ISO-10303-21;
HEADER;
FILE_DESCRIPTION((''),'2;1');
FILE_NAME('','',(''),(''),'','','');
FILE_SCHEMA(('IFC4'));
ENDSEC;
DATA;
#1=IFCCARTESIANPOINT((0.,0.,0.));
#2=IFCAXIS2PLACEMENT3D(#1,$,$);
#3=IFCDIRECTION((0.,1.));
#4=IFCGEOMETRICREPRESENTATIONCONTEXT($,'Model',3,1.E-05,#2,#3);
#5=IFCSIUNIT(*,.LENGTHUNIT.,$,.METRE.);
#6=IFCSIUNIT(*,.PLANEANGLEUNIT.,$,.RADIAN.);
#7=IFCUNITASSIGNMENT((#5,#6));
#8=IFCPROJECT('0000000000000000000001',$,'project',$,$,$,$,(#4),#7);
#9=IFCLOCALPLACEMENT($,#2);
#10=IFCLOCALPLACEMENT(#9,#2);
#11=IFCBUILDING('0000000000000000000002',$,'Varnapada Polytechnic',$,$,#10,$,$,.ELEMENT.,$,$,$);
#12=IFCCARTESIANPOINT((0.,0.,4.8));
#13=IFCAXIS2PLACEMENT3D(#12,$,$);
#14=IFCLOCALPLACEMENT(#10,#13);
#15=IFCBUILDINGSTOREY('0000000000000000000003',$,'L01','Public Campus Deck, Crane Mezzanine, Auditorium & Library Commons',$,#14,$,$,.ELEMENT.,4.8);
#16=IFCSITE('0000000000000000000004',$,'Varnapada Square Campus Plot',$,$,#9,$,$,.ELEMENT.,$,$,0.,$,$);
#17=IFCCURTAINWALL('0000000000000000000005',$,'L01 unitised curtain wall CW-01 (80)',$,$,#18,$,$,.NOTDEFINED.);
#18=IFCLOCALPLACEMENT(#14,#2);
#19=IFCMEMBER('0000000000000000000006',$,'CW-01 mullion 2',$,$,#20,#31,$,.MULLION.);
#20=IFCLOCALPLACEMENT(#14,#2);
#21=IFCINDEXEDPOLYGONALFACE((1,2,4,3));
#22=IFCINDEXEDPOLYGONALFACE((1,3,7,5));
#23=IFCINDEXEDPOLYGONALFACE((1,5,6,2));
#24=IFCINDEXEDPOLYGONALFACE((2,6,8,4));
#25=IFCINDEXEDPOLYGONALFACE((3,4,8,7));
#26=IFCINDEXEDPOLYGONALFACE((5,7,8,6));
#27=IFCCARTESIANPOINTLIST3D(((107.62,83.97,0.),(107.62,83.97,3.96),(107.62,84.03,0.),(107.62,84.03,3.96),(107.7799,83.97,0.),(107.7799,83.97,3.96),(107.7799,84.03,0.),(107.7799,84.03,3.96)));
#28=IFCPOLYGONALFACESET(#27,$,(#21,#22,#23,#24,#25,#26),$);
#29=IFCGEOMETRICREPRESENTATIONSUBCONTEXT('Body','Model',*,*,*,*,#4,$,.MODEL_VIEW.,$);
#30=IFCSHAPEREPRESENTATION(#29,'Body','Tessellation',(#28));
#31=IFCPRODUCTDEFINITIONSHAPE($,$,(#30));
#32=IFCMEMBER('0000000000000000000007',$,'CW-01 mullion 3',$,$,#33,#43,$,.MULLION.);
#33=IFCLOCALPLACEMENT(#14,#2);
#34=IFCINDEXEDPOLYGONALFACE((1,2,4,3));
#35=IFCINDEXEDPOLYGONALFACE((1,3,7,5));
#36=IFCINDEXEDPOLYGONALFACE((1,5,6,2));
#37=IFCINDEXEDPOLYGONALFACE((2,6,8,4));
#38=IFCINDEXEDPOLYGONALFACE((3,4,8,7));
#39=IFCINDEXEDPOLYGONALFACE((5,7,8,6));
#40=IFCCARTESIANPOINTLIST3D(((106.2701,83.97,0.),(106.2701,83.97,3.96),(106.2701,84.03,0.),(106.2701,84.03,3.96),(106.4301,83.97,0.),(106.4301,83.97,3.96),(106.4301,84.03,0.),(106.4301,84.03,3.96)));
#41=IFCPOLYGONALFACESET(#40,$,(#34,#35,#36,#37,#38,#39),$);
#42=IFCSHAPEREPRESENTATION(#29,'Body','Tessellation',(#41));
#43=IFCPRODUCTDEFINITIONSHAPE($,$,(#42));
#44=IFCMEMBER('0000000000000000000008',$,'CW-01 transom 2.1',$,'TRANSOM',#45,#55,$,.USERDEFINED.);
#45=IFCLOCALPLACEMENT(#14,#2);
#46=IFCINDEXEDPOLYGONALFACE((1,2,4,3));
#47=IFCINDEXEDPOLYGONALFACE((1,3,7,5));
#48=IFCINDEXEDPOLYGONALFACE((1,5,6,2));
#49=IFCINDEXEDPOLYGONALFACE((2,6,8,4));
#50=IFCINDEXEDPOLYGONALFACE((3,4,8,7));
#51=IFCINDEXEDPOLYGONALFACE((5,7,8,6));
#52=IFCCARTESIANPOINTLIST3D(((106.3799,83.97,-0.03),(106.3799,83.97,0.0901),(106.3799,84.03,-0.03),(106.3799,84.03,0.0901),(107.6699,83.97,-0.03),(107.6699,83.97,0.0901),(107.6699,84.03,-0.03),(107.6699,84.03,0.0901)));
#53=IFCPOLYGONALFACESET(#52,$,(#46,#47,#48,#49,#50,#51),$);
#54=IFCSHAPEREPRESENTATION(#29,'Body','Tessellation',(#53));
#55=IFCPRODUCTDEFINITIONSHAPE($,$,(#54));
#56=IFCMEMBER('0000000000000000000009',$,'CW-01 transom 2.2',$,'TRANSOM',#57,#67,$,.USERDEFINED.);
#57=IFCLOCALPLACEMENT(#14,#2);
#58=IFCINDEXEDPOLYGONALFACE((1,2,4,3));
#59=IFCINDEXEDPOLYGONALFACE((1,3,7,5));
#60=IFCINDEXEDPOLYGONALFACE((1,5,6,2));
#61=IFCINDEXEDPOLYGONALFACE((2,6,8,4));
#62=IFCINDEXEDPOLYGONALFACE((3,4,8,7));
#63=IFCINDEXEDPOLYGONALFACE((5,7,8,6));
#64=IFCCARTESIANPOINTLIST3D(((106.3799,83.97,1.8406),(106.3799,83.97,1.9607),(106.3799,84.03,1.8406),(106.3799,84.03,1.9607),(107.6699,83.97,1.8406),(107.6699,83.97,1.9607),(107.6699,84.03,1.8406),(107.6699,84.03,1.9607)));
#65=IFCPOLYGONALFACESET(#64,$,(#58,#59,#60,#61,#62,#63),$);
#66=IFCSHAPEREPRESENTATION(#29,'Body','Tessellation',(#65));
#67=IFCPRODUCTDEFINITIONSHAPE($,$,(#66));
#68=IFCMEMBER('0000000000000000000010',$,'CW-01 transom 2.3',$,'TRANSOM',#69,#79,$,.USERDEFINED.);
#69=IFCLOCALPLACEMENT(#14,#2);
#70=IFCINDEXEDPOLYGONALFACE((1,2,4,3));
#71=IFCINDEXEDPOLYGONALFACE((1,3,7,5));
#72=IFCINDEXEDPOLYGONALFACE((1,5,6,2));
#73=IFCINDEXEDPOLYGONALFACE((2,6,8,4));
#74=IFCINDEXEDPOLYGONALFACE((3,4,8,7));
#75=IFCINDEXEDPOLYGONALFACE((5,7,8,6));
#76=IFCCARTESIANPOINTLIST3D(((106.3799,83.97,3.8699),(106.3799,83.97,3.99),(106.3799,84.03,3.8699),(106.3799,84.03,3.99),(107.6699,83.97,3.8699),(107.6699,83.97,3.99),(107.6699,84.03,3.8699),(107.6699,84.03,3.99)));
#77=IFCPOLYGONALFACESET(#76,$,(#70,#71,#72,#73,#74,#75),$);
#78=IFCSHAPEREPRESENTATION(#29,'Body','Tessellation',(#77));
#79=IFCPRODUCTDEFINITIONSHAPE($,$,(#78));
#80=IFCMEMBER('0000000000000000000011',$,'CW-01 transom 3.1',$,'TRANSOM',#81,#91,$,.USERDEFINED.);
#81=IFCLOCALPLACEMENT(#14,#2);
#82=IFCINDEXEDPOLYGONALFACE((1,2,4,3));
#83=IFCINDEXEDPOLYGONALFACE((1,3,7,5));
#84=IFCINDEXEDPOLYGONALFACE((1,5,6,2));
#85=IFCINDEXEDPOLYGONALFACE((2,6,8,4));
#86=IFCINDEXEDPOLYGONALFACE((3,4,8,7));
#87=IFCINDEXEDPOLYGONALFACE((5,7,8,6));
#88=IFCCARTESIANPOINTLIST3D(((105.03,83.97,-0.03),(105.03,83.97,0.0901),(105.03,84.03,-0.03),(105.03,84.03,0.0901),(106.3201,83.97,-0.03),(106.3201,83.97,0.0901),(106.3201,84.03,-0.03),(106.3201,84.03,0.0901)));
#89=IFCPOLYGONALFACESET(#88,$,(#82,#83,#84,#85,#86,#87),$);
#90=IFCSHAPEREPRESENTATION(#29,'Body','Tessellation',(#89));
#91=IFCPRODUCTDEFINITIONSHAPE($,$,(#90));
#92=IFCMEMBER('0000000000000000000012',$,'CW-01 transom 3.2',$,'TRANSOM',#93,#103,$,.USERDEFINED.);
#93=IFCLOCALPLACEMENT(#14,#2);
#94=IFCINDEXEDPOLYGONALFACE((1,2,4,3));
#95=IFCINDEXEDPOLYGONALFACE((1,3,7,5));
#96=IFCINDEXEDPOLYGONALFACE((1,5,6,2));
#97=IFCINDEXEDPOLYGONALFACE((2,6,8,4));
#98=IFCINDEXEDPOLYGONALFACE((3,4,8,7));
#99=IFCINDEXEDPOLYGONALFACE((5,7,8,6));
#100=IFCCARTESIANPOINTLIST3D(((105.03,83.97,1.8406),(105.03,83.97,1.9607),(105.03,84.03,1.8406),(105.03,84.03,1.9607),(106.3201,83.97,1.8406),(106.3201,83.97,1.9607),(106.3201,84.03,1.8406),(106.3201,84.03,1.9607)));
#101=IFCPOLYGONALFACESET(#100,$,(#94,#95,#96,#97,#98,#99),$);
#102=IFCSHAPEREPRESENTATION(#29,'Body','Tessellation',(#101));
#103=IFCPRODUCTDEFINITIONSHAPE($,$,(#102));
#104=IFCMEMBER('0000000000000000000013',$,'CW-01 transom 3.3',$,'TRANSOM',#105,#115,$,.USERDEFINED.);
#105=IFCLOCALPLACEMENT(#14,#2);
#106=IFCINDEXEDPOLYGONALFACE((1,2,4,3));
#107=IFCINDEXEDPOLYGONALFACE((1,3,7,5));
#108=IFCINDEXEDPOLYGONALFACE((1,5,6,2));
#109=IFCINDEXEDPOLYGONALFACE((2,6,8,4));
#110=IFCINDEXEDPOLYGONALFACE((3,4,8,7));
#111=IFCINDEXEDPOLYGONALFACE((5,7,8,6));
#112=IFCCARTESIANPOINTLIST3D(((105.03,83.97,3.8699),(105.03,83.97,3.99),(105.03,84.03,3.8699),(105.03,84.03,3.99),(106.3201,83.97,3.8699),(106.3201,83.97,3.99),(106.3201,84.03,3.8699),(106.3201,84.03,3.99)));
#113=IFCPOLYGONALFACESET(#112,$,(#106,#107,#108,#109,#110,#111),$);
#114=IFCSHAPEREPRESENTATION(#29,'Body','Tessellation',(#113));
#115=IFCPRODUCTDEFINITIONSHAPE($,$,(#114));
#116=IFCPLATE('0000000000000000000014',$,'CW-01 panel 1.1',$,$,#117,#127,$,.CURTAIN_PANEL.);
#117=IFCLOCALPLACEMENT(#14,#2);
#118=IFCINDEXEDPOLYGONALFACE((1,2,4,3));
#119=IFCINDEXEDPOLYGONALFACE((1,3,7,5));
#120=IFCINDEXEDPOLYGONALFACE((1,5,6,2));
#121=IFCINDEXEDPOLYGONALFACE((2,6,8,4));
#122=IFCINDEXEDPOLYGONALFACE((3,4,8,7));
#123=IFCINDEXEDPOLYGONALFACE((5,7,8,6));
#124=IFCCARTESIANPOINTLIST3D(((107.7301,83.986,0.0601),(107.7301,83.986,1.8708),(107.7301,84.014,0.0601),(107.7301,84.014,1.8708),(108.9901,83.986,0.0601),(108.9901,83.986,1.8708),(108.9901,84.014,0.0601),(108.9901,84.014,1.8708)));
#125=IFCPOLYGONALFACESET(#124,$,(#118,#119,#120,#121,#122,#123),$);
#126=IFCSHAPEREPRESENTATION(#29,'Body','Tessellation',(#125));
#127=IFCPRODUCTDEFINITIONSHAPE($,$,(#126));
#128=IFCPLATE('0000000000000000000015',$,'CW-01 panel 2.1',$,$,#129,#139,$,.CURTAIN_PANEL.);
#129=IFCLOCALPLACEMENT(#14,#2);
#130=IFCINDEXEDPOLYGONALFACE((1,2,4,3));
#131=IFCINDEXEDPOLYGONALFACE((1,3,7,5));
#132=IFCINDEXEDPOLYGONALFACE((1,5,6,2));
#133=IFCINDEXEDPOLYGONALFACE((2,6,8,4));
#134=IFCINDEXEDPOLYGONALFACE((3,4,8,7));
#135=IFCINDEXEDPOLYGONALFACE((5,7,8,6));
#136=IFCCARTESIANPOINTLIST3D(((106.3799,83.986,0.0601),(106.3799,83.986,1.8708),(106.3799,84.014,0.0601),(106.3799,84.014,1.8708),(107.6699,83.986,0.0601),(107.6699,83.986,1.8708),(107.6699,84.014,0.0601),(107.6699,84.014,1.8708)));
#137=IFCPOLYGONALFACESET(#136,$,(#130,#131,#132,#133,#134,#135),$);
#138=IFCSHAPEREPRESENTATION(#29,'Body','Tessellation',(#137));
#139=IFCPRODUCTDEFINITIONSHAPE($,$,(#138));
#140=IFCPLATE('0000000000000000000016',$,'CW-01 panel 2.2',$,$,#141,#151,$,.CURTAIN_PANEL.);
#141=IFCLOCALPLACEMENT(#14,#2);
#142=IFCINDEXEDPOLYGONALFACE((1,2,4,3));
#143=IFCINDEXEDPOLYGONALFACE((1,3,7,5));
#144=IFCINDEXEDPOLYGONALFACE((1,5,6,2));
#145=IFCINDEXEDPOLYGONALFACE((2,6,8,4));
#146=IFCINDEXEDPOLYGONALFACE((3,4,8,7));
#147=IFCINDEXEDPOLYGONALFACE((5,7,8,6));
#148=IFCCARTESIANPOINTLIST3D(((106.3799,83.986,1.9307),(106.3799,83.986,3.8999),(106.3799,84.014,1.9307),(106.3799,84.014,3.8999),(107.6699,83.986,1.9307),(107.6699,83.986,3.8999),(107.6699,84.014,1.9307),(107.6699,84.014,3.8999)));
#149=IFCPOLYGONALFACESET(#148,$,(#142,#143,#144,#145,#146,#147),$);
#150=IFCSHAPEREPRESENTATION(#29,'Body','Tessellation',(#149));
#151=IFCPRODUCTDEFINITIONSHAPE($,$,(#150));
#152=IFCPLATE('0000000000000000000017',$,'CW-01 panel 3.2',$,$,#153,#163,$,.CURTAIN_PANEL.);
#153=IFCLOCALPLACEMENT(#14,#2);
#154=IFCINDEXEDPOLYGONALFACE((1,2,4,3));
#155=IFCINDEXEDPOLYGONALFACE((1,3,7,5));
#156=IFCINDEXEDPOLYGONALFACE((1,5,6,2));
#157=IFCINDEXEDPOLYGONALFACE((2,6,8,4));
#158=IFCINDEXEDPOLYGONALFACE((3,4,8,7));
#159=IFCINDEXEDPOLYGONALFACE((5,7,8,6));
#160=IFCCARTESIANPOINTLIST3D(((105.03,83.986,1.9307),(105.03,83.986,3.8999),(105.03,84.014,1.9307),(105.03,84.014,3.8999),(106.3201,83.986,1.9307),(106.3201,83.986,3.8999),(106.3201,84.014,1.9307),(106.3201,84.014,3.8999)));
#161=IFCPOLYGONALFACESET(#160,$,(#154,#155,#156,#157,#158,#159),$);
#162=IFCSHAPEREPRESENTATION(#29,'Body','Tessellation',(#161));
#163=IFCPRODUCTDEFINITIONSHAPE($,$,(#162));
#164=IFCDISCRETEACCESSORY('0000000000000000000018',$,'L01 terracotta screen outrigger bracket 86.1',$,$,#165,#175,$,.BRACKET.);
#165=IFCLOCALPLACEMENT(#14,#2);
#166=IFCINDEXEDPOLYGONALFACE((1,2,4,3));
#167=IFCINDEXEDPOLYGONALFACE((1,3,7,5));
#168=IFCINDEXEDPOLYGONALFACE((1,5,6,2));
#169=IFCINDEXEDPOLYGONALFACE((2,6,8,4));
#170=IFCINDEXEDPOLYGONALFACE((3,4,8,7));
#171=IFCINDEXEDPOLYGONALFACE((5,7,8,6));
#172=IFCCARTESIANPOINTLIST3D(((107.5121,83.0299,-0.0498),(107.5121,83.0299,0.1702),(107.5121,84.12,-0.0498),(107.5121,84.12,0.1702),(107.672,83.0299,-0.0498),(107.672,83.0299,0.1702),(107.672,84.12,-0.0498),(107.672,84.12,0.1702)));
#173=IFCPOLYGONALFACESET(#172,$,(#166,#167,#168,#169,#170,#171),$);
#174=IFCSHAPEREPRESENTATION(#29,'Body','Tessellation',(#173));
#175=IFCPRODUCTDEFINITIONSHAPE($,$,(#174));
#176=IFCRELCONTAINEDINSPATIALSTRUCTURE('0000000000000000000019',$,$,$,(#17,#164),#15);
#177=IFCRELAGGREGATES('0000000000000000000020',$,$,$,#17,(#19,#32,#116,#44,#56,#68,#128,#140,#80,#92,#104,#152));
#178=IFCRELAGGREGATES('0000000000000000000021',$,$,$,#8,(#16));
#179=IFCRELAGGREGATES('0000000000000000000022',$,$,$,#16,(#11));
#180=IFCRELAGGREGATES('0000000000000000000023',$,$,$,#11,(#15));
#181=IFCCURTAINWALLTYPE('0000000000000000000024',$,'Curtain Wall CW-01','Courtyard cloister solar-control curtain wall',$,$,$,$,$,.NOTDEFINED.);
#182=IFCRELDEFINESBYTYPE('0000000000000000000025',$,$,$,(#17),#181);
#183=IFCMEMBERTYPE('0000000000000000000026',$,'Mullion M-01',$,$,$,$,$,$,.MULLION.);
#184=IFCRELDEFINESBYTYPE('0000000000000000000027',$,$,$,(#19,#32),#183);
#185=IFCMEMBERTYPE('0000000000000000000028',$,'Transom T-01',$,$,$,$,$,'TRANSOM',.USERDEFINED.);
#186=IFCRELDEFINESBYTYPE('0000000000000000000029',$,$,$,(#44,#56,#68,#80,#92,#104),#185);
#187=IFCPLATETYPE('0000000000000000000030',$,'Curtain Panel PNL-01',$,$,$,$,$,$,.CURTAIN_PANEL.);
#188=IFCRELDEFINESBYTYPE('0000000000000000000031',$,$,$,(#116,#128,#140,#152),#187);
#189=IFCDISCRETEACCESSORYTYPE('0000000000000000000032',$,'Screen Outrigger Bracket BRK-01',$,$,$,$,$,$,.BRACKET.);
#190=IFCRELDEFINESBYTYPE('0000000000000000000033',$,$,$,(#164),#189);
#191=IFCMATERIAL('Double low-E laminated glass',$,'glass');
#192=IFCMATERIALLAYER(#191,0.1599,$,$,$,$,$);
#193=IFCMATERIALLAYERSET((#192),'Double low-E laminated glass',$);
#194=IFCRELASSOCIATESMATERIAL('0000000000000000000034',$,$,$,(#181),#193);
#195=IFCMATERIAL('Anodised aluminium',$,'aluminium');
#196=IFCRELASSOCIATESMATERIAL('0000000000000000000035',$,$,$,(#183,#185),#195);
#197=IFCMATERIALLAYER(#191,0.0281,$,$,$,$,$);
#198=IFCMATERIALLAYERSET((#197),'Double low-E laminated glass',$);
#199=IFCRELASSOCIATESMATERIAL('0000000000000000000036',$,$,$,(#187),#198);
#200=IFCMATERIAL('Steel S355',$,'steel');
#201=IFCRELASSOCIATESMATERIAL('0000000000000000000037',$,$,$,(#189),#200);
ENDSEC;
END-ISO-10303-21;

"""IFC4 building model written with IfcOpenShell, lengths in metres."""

from ifc_helpers import new_model, si_unit, direction, frame, origin, origin_2d, place, context, subcontext, project, spatial, rectangle, extrude, material, layer, layer_set, material_profile, profile_set, type_object, element, aggregate, save


model = new_model("IFC4")

# Units and contexts
model_context = context("Model", 3, precision=1e-05, world=origin(), true_north=direction((0.0, 1.0)))
body_context = subcontext(model_context, "Body", "Model", "MODEL_VIEW")
ifc_project = project(units=[si_unit("LENGTHUNIT", "METRE"), si_unit("PLANEANGLEUNIT", "RADIAN")], contexts=[model_context])

# Site, building, storey
site_placement = place(None, origin())
site = spatial("IfcSite", under=ifc_project, at=site_placement, Name="Varnapada Square Campus Plot", CompositionType="ELEMENT", RefElevation=0.0)
building_placement = place(site_placement, origin())
building = spatial("IfcBuilding", under=site, at=building_placement, Name="Varnapada Polytechnic", CompositionType="ELEMENT")
storey_placement = place(building_placement, frame((0.0, 0.0, 4.8)))
storey = spatial("IfcBuildingStorey", under=building, at=storey_placement, Name="L01", Description="Public Campus Deck, Crane Mezzanine, Auditorium & Library Commons", CompositionType="ELEMENT", Elevation=4.8)

# Curtain wall, members, plates
ifc_material_1 = material(Name="Double low-E laminated glass", Category="glass")
ifc_layer_1 = layer(ifc_material_1, 0.1599)
ifc_layer_set_1 = layer_set([ifc_layer_1], Name="Double low-E laminated glass")
curtain_wall_type = type_object("IfcCurtainWallType", Name="Curtain Wall CW-01", Description="Courtyard cloister solar-control curtain wall", PredefinedType="NOTDEFINED", material=ifc_layer_set_1)
curtain_wall_placement = place(storey_placement, origin())
curtain_wall = element("IfcCurtainWall", 1, at=curtain_wall_placement, inside=storey, type_object=curtain_wall_type, Name="L01 unitised curtain wall CW-01 (80)", PredefinedType="NOTDEFINED")
ifc_material_2 = material(Name="Anodised aluminium", Category="aluminium")
ifc_material_profile_1 = material_profile(ifc_material_2, rectangle(XDim=0.0601, YDim=0.1599, at=origin_2d()), Name="ALU M60x160")
ifc_profile_set_1 = profile_set([ifc_material_profile_1], Name="Anodised aluminium")
member_type_1 = type_object("IfcMemberType", Name="Mullion M-01", PredefinedType="MULLION", material=ifc_profile_set_1)
member_1_placement = place(storey_placement, frame((107.7, 84.0, 0.0), z_axis=(0.0, 0.0, 1.0), x_axis=(0.0, -1.0, 0.0)))
member_1 = element("IfcMember", 2, at=member_1_placement, type_object=member_type_1, Name="CW-01 mullion 2", PredefinedType="MULLION", context=body_context, shape_type="SweptSolid", body=[
    extrude(rectangle(XDim=0.0601, YDim=0.1599, at=origin_2d()), origin(), (0.0, 0.0, 1.0), 3.96),
])
member_2_placement = place(storey_placement, frame((106.3501, 84.0, 0.0), z_axis=(0.0, 0.0, 1.0), x_axis=(0.0, -1.0, 0.0)))
member_2 = element("IfcMember", 3, at=member_2_placement, type_object=member_type_1, Name="CW-01 mullion 3", PredefinedType="MULLION", context=body_context, shape_type="SweptSolid", body=[
    extrude(rectangle(XDim=0.0601, YDim=0.1599, at=origin_2d()), origin(), (0.0, 0.0, 1.0), 3.96),
])
ifc_material_profile_2 = material_profile(ifc_material_2, rectangle(XDim=0.0601, YDim=0.1201, at=origin_2d()), Name="ALU T60x120")
ifc_profile_set_2 = profile_set([ifc_material_profile_2], Name="Anodised aluminium")
member_type_2 = type_object("IfcMemberType", Name="Transom T-01", ElementType="TRANSOM", PredefinedType="USERDEFINED", material=ifc_profile_set_2)
member_3_placement = place(storey_placement, frame((107.6699, 84.0, 0.03), z_axis=(-1.0, 0.0, 0.0), x_axis=(0.0, -1.0, 0.0)))
member_3 = element("IfcMember", 4, at=member_3_placement, type_object=member_type_2, Name="CW-01 transom 2.1", ObjectType="TRANSOM", PredefinedType="USERDEFINED", context=body_context, shape_type="SweptSolid", body=[
    extrude(rectangle(XDim=0.0601, YDim=0.1201, at=origin_2d()), origin(), (0.0, 0.0, 1.0), 1.29),
])
member_4_placement = place(storey_placement, frame((107.6699, 84.0, 1.9006), z_axis=(-1.0, 0.0, 0.0), x_axis=(0.0, -1.0, 0.0)))
member_4 = element("IfcMember", 5, at=member_4_placement, type_object=member_type_2, Name="CW-01 transom 2.2", ObjectType="TRANSOM", PredefinedType="USERDEFINED", context=body_context, shape_type="SweptSolid", body=[
    extrude(rectangle(XDim=0.0601, YDim=0.1201, at=origin_2d()), origin(), (0.0, 0.0, 1.0), 1.29),
])
member_5_placement = place(storey_placement, frame((107.6699, 84.0, 3.9299), z_axis=(-1.0, 0.0, 0.0), x_axis=(0.0, -1.0, 0.0)))
member_5 = element("IfcMember", 6, at=member_5_placement, type_object=member_type_2, Name="CW-01 transom 2.3", ObjectType="TRANSOM", PredefinedType="USERDEFINED", context=body_context, shape_type="SweptSolid", body=[
    extrude(rectangle(XDim=0.0601, YDim=0.1201, at=origin_2d()), origin(), (0.0, 0.0, 1.0), 1.29),
])
member_6_placement = place(storey_placement, frame((106.3201, 84.0, 0.03), z_axis=(-1.0, 0.0, 0.0), x_axis=(0.0, -1.0, 0.0)))
member_6 = element("IfcMember", 7, at=member_6_placement, type_object=member_type_2, Name="CW-01 transom 3.1", ObjectType="TRANSOM", PredefinedType="USERDEFINED", context=body_context, shape_type="SweptSolid", body=[
    extrude(rectangle(XDim=0.0601, YDim=0.1201, at=origin_2d()), origin(), (0.0, 0.0, 1.0), 1.29),
])
member_7_placement = place(storey_placement, frame((106.3201, 84.0, 1.9006), z_axis=(-1.0, 0.0, 0.0), x_axis=(0.0, -1.0, 0.0)))
member_7 = element("IfcMember", 8, at=member_7_placement, type_object=member_type_2, Name="CW-01 transom 3.2", ObjectType="TRANSOM", PredefinedType="USERDEFINED", context=body_context, shape_type="SweptSolid", body=[
    extrude(rectangle(XDim=0.0601, YDim=0.1201, at=origin_2d()), origin(), (0.0, 0.0, 1.0), 1.29),
])
member_8_placement = place(storey_placement, frame((106.3201, 84.0, 3.9299), z_axis=(-1.0, 0.0, 0.0), x_axis=(0.0, -1.0, 0.0)))
member_8 = element("IfcMember", 9, at=member_8_placement, type_object=member_type_2, Name="CW-01 transom 3.3", ObjectType="TRANSOM", PredefinedType="USERDEFINED", context=body_context, shape_type="SweptSolid", body=[
    extrude(rectangle(XDim=0.0601, YDim=0.1201, at=origin_2d()), origin(), (0.0, 0.0, 1.0), 1.29),
])
ifc_layer_2 = layer(ifc_material_1, 0.0281)
ifc_layer_set_2 = layer_set([ifc_layer_2], Name="Double low-E laminated glass")
plate_type = type_object("IfcPlateType", Name="Curtain Panel PNL-01", PredefinedType="CURTAIN_PANEL", material=ifc_layer_set_2)
plate_1_placement = place(storey_placement, frame((108.3601, 84.0, 0.0601), z_axis=(0.0, 0.0, 1.0), x_axis=(-1.0, 0.0, 0.0)))
plate_1 = element("IfcPlate", 10, at=plate_1_placement, type_object=plate_type, Name="CW-01 panel 1.1", PredefinedType="CURTAIN_PANEL", context=body_context, shape_type="SweptSolid", body=[
    extrude(rectangle(XDim=1.26, YDim=0.0281, at=origin_2d()), origin(), (0.0, 0.0, 1.0), 1.8108),
])
plate_2_placement = place(storey_placement, frame((107.0249, 84.0, 0.0601), z_axis=(0.0, 0.0, 1.0), x_axis=(-1.0, 0.0, 0.0)))
plate_2 = element("IfcPlate", 11, at=plate_2_placement, type_object=plate_type, Name="CW-01 panel 2.1", PredefinedType="CURTAIN_PANEL", context=body_context, shape_type="SweptSolid", body=[
    extrude(rectangle(XDim=1.29, YDim=0.0281, at=origin_2d()), origin(), (0.0, 0.0, 1.0), 1.8108),
])
plate_3_placement = place(storey_placement, frame((107.0249, 84.0, 1.9307), z_axis=(0.0, 0.0, 1.0), x_axis=(-1.0, 0.0, 0.0)))
plate_3 = element("IfcPlate", 12, at=plate_3_placement, type_object=plate_type, Name="CW-01 panel 2.2", PredefinedType="CURTAIN_PANEL", context=body_context, shape_type="SweptSolid", body=[
    extrude(rectangle(XDim=1.29, YDim=0.0281, at=origin_2d()), origin(), (0.0, 0.0, 1.0), 1.9692),
])
plate_4_placement = place(storey_placement, frame((105.675, 84.0, 1.9307), z_axis=(0.0, 0.0, 1.0), x_axis=(-1.0, 0.0, 0.0)))
plate_4 = element("IfcPlate", 13, at=plate_4_placement, type_object=plate_type, Name="CW-01 panel 3.2", PredefinedType="CURTAIN_PANEL", context=body_context, shape_type="SweptSolid", body=[
    extrude(rectangle(XDim=1.29, YDim=0.0281, at=origin_2d()), origin(), (0.0, 0.0, 1.0), 1.9692),
])
aggregate(curtain_wall, [member_1, member_2, plate_1, member_3, member_4, member_5, plate_2, plate_3, member_6, member_7, member_8, plate_4])

# Discrete accessory
ifc_material_3 = material(Name="Steel S355", Category="steel")
discrete_accessory_type = type_object("IfcDiscreteAccessoryType", Name="Screen Outrigger Bracket BRK-01", PredefinedType="BRACKET", material=ifc_material_3)
discrete_accessory_placement = place(storey_placement, frame((107.592, 83.575, -0.0498), z_axis=(0.0, 0.0, 1.0), x_axis=(-1.0, 0.0, 0.0)))
element("IfcDiscreteAccessory", 14, at=discrete_accessory_placement, inside=storey, type_object=discrete_accessory_type, Name="L01 terracotta screen outrigger bracket 86.1", PredefinedType="BRACKET", context=body_context, shape_type="SweptSolid", body=[
    extrude(rectangle(XDim=0.1599, YDim=1.0901, at=origin_2d()), origin(), (0.0, 0.0, 1.0), 0.22),
])

save(model, "model.ifc")
